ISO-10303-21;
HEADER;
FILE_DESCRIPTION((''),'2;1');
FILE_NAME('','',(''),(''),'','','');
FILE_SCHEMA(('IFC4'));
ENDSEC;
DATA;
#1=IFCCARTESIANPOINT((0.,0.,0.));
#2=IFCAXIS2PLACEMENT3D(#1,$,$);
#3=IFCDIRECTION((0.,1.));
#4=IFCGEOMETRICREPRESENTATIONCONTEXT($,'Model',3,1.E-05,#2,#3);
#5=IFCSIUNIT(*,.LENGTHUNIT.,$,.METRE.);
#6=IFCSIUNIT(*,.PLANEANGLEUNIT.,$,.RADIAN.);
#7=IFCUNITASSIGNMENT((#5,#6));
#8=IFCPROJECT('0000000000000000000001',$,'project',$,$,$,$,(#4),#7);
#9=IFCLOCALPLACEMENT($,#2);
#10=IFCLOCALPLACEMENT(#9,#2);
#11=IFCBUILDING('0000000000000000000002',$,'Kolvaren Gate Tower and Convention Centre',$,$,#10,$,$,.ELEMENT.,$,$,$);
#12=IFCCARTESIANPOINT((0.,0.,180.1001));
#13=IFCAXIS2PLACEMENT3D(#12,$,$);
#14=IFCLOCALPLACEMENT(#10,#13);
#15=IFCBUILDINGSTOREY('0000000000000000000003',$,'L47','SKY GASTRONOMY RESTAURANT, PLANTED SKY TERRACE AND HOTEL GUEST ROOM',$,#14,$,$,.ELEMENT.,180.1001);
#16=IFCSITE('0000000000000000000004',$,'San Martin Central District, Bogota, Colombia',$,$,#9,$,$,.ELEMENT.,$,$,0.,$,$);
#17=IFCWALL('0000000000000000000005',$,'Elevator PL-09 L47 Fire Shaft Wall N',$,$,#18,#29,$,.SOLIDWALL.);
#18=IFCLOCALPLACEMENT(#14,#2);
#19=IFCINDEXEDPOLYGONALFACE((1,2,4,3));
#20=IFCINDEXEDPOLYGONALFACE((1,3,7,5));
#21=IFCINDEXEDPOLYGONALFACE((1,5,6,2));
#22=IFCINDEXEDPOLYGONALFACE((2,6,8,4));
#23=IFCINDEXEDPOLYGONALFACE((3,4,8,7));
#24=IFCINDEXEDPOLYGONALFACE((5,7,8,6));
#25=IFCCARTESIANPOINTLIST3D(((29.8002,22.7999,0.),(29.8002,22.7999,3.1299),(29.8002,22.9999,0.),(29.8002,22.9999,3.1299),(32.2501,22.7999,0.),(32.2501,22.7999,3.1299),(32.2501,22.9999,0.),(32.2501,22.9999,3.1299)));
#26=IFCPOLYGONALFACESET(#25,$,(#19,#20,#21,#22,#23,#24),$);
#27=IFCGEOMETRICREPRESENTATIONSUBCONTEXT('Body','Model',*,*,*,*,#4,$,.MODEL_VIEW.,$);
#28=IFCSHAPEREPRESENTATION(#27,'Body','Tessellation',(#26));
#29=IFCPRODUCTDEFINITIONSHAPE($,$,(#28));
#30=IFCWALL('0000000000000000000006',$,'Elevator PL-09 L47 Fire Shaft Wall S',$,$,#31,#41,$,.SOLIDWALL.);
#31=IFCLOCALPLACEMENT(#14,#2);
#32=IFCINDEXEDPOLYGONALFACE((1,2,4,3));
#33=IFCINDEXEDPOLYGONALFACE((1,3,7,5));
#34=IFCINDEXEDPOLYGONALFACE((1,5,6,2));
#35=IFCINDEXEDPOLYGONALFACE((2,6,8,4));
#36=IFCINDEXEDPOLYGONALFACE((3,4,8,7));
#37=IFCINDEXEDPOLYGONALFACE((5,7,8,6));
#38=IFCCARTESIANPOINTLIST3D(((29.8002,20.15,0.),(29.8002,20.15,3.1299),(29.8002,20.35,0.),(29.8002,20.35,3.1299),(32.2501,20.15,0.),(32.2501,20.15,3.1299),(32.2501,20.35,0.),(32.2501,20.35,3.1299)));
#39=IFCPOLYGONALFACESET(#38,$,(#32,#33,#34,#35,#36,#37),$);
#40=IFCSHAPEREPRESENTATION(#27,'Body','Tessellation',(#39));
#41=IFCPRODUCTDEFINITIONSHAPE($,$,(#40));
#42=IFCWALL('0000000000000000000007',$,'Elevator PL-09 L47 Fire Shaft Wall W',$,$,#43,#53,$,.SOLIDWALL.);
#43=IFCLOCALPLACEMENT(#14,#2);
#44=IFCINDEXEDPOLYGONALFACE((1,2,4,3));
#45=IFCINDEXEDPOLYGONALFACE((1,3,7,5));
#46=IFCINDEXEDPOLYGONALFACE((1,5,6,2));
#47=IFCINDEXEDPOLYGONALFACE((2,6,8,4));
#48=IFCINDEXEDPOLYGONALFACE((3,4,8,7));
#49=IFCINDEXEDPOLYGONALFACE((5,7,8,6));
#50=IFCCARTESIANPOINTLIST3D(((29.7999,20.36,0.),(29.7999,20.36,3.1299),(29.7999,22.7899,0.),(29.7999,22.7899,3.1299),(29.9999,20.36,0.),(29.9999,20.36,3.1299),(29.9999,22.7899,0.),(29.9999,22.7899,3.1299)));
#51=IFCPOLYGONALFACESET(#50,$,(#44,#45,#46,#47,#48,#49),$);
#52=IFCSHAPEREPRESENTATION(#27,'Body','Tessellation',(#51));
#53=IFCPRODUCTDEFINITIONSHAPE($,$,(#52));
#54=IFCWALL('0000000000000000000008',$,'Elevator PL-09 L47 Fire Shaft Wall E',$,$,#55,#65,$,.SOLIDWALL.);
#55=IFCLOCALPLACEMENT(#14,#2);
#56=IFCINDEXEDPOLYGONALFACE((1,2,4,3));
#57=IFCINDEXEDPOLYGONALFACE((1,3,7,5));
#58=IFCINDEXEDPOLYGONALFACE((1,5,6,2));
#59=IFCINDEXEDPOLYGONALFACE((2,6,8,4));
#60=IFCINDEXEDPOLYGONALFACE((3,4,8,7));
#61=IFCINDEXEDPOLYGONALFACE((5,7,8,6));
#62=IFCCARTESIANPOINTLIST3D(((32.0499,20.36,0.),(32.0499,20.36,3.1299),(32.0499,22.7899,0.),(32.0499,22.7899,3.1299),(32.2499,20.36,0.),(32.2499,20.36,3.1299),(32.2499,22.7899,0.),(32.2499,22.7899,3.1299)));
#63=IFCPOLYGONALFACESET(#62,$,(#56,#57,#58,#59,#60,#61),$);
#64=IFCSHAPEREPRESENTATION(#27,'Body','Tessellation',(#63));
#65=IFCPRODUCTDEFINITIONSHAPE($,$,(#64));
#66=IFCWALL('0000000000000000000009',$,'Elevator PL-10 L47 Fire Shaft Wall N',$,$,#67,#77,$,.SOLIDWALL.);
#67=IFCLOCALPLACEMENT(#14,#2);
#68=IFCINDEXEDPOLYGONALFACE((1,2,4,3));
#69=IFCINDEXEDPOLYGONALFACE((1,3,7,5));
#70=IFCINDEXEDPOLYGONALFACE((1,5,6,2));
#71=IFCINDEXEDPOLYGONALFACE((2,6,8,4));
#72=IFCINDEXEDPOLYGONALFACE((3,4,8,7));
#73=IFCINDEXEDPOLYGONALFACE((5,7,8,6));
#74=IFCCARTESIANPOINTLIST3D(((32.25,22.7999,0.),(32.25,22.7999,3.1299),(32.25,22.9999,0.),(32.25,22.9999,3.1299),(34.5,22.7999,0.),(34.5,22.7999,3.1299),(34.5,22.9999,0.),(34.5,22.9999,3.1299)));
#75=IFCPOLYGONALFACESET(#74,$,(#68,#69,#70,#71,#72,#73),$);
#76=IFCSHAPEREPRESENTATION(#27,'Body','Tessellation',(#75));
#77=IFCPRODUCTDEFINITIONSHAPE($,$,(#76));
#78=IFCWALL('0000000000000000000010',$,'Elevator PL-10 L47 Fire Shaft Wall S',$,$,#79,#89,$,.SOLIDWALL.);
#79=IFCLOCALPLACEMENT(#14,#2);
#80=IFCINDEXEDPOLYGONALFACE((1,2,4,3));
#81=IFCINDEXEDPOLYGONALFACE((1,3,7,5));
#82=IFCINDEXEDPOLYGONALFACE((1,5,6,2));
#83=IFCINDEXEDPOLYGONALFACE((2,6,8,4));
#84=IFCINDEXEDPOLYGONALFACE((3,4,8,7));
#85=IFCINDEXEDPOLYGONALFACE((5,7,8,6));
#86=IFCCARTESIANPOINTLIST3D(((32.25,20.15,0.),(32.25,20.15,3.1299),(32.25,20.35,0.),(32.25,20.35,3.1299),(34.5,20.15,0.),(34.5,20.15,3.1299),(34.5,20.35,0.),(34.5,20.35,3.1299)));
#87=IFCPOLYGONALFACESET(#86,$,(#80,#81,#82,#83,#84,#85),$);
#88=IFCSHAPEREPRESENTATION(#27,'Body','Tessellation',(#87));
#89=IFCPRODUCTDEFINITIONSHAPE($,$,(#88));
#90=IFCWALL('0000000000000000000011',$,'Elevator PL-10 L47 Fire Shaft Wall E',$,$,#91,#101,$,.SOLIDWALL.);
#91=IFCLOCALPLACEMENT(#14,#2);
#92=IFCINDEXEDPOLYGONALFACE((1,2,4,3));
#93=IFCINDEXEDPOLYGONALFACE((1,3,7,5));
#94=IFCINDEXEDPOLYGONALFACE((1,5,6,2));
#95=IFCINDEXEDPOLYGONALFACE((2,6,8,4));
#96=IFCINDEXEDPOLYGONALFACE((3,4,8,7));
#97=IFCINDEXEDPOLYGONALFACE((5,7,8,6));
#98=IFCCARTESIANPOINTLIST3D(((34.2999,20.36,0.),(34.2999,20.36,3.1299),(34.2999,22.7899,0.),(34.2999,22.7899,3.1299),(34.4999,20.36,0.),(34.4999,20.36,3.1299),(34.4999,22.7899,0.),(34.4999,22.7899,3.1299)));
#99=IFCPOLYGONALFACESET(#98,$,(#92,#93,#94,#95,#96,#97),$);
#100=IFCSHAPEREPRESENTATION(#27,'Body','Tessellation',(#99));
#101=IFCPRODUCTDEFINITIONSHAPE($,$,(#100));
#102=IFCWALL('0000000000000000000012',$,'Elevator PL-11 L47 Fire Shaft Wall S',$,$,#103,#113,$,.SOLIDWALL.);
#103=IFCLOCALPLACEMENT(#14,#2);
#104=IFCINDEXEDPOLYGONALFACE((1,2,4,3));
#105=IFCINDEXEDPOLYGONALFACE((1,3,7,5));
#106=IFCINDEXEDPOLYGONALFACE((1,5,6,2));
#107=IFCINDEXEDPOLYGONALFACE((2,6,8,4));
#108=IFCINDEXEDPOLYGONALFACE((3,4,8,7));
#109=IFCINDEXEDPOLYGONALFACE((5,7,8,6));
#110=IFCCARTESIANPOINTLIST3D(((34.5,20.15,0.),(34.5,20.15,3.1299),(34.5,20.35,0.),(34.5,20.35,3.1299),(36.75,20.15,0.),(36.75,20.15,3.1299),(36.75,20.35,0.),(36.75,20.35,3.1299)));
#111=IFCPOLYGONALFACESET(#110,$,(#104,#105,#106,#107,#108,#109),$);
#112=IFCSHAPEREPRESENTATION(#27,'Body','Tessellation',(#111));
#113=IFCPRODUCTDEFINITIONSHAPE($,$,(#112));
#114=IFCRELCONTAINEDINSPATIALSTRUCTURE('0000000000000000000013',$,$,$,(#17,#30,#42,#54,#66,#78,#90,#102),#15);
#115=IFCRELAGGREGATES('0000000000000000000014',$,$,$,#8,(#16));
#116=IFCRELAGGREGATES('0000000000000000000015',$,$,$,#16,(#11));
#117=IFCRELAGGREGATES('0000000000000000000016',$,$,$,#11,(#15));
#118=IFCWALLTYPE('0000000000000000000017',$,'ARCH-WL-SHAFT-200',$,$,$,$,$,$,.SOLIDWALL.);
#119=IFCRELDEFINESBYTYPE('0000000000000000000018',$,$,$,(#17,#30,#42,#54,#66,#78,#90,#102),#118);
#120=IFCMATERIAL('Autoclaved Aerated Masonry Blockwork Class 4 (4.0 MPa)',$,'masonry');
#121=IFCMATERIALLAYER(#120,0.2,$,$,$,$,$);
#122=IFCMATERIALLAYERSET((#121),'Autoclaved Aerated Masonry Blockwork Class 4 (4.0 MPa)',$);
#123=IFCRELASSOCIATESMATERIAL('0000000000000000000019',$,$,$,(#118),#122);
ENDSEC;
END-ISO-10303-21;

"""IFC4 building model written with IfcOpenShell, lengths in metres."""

from ifc_helpers import new_model, si_unit, direction, frame, frame_2d, origin, place, context, subcontext, project, spatial, rectangle, extrude, material, layer, layer_set, type_object, element, save


model = new_model("IFC4")

# Units and contexts
model_context = context("Model", 3, precision=1e-05, world=origin(), true_north=direction((0.0, 1.0)))
body_context = subcontext(model_context, "Body", "Model", "MODEL_VIEW")
ifc_project = project(units=[si_unit("LENGTHUNIT", "METRE"), si_unit("PLANEANGLEUNIT", "RADIAN")], contexts=[model_context])

# Site, building, storey
site_placement = place(None, origin())
site = spatial("IfcSite", under=ifc_project, at=site_placement, Name="San Martin Central District, Bogota, Colombia", CompositionType="ELEMENT", RefElevation=0.0)
building_placement = place(site_placement, origin())
building = spatial("IfcBuilding", under=site, at=building_placement, Name="Kolvaren Gate Tower and Convention Centre", CompositionType="ELEMENT")
storey_placement = place(building_placement, frame((0.0, 0.0, 180.1001)))
storey = spatial("IfcBuildingStorey", under=building, at=storey_placement, Name="L47", Description="SKY GASTRONOMY RESTAURANT, PLANTED SKY TERRACE AND HOTEL GUEST ROOM", CompositionType="ELEMENT", Elevation=180.1001)

# Shared definitions
ifc_material_1 = material(Name="Autoclaved Aerated Masonry Blockwork Class 4 (4.0 MPa)", Category="masonry")
ifc_layer_1 = layer(ifc_material_1, 0.2)
ifc_layer_set_1 = layer_set([ifc_layer_1], Name="Autoclaved Aerated Masonry Blockwork Class 4 (4.0 MPa)")
wall_type_1 = type_object("IfcWallType", Name="ARCH-WL-SHAFT-200", PredefinedType="SOLIDWALL", material=ifc_layer_set_1)

# Walls
for number, where, z_axis, x_axis, name in (
    (1, (29.8, 22.8999, 0.0), (0.0, 0.0, 1.0), (1.0, 0.0, 0.0), "Elevator PL-09 L47 Fire Shaft Wall N"),
    (2, (29.8, 20.25, 0.0), (0.0, 0.0, 1.0), (1.0, 0.0, 0.0), "Elevator PL-09 L47 Fire Shaft Wall S"),
):
    element("IfcWall", number, at=place(storey_placement, frame(where, z_axis=z_axis, x_axis=x_axis)), inside=storey, type_object=wall_type_1, Name=name, PredefinedType="SOLIDWALL", context=body_context, shape_type="SweptSolid", body=[
        extrude(rectangle(XDim=2.45, YDim=0.2, at=frame_2d((1.2251, 0.0))), origin(), (0.0, 0.0, 1.0), 3.1299),
    ])
for number, where, z_axis, x_axis, name in (
    (3, (29.8999, 20.3601, 0.0), (0.0, 0.0, 1.0), (0.0, 1.0, 0.0), "Elevator PL-09 L47 Fire Shaft Wall W"),
    (4, (32.1499, 20.3601, 0.0), (0.0, 0.0, 1.0), (0.0, 1.0, 0.0), "Elevator PL-09 L47 Fire Shaft Wall E"),
):
    element("IfcWall", number, at=place(storey_placement, frame(where, z_axis=z_axis, x_axis=x_axis)), inside=storey, type_object=wall_type_1, Name=name, PredefinedType="SOLIDWALL", context=body_context, shape_type="SweptSolid", body=[
        extrude(rectangle(XDim=2.4299, YDim=0.2, at=frame_2d((1.2148, 0.0))), origin(), (0.0, 0.0, 1.0), 3.1299),
    ])
for number, where, z_axis, x_axis, name in (
    (5, (32.25, 22.8999, 0.0), (0.0, 0.0, 1.0), (1.0, 0.0, 0.0), "Elevator PL-10 L47 Fire Shaft Wall N"),
    (6, (32.25, 20.25, 0.0), (0.0, 0.0, 1.0), (1.0, 0.0, 0.0), "Elevator PL-10 L47 Fire Shaft Wall S"),
):
    element("IfcWall", number, at=place(storey_placement, frame(where, z_axis=z_axis, x_axis=x_axis)), inside=storey, type_object=wall_type_1, Name=name, PredefinedType="SOLIDWALL", context=body_context, shape_type="SweptSolid", body=[
        extrude(rectangle(XDim=2.25, YDim=0.2, at=frame_2d((1.125, 0.0))), origin(), (0.0, 0.0, 1.0), 3.1299),
    ])
wall_1_placement = place(storey_placement, frame((34.3999, 20.3601, 0.0), z_axis=(0.0, 0.0, 1.0), x_axis=(0.0, 1.0, 0.0)))
element("IfcWall", 7, at=wall_1_placement, inside=storey, type_object=wall_type_1, Name="Elevator PL-10 L47 Fire Shaft Wall E", PredefinedType="SOLIDWALL", context=body_context, shape_type="SweptSolid", body=[
    extrude(rectangle(XDim=2.4299, YDim=0.2, at=frame_2d((1.2148, 0.0))), origin(), (0.0, 0.0, 1.0), 3.1299),
])
wall_2_placement = place(storey_placement, frame((34.5, 20.25, 0.0), z_axis=(0.0, 0.0, 1.0), x_axis=(1.0, 0.0, 0.0)))
element("IfcWall", 8, at=wall_2_placement, inside=storey, type_object=wall_type_1, Name="Elevator PL-11 L47 Fire Shaft Wall S", PredefinedType="SOLIDWALL", context=body_context, shape_type="SweptSolid", body=[
    extrude(rectangle(XDim=2.25, YDim=0.2, at=frame_2d((1.125, 0.0))), origin(), (0.0, 0.0, 1.0), 3.1299),
])

save(model, "model.ifc")
